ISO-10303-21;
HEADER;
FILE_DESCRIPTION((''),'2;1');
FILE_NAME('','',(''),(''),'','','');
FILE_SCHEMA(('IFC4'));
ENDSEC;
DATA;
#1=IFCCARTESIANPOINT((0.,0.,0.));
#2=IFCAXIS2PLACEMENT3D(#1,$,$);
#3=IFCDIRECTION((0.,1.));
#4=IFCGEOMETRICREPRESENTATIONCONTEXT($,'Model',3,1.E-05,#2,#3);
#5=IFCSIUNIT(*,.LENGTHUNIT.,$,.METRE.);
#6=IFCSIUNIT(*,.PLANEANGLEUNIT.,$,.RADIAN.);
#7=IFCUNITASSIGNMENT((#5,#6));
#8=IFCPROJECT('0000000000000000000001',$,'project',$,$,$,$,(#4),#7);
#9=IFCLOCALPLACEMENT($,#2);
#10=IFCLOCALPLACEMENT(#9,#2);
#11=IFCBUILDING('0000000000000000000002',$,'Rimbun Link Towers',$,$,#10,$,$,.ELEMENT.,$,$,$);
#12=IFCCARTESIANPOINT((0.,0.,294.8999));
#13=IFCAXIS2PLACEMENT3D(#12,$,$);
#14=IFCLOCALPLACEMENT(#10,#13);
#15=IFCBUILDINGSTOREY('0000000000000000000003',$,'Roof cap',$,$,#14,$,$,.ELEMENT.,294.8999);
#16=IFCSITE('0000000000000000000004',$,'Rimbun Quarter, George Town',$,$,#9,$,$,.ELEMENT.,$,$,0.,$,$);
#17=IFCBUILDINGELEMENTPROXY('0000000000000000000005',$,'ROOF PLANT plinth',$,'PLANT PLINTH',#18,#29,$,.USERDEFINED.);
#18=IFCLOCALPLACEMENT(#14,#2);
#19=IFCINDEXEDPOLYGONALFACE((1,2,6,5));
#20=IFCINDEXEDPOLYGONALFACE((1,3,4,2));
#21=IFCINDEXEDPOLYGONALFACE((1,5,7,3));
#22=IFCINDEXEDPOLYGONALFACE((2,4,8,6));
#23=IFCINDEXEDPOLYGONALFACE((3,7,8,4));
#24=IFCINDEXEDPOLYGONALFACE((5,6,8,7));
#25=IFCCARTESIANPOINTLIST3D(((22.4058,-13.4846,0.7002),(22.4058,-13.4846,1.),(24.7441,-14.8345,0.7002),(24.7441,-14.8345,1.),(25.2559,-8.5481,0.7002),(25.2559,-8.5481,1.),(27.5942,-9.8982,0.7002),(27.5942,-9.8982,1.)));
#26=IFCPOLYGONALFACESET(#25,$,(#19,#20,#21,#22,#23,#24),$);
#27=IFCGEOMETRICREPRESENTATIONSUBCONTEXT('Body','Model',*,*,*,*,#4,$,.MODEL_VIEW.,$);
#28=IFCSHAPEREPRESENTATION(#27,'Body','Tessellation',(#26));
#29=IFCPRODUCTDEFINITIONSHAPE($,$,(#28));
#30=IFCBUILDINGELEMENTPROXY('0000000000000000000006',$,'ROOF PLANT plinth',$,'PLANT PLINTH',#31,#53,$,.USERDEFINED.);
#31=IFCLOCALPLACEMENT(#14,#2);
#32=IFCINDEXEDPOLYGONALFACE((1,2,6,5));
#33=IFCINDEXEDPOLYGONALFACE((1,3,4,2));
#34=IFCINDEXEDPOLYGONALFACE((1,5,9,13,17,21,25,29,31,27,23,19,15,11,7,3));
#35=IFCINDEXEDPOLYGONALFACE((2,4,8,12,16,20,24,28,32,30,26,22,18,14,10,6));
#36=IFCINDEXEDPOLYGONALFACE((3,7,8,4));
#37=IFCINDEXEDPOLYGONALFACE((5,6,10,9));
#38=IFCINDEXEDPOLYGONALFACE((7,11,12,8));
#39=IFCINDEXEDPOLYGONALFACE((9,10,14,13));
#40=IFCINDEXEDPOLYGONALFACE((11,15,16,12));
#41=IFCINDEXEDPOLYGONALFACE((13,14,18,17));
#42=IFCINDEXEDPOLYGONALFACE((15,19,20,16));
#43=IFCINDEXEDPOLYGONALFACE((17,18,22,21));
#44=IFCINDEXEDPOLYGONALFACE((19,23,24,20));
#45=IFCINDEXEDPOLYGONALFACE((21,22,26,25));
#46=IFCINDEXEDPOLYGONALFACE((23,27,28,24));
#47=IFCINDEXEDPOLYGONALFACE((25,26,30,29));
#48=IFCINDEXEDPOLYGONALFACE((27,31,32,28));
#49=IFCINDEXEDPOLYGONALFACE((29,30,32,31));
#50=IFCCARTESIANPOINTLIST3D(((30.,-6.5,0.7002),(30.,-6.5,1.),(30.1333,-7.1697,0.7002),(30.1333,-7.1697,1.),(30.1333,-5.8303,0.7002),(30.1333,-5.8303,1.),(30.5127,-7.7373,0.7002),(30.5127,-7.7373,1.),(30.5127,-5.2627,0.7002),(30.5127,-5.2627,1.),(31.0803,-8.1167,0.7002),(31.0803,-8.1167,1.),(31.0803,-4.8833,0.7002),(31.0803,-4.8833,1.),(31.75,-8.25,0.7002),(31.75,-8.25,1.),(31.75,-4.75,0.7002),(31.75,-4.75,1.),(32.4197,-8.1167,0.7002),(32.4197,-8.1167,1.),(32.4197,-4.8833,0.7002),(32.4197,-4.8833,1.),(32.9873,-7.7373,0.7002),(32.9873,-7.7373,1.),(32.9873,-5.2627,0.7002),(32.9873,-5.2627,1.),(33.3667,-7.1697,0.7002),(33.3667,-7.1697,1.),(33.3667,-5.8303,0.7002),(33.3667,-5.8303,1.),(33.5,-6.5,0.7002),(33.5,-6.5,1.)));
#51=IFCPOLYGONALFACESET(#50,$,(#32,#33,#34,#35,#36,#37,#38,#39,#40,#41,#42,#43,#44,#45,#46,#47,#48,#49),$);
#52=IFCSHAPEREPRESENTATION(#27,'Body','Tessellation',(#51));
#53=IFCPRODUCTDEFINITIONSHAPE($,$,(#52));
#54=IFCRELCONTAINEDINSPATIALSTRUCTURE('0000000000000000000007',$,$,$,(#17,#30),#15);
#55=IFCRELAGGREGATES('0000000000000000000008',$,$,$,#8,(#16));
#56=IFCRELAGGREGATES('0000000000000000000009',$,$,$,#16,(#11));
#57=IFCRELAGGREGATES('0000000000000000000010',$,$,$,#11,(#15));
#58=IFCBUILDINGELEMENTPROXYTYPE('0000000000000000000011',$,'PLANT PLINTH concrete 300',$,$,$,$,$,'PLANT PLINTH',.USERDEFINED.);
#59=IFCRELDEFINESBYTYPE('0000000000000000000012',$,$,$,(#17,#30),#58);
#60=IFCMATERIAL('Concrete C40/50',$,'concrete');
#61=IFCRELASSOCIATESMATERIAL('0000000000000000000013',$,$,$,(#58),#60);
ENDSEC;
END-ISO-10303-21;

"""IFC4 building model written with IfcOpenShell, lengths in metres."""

from ifc_helpers import new_model, si_unit, direction, frame, origin, place, context, subcontext, project, spatial, polyline, outline, extrude, material, type_object, element, save


model = new_model("IFC4")

# Units and contexts
model_context = context("Model", 3, precision=1e-05, world=origin(), true_north=direction((0.0, 1.0)))
body_context = subcontext(model_context, "Body", "Model", "MODEL_VIEW")
ifc_project = project(units=[si_unit("LENGTHUNIT", "METRE"), si_unit("PLANEANGLEUNIT", "RADIAN")], contexts=[model_context])

# Site, building, storey
site_placement = place(None, origin())
site = spatial("IfcSite", under=ifc_project, at=site_placement, Name="Rimbun Quarter, George Town", CompositionType="ELEMENT", RefElevation=0.0)
building_placement = place(site_placement, origin())
building = spatial("IfcBuilding", under=site, at=building_placement, Name="Rimbun Link Towers", CompositionType="ELEMENT")
storey_placement = place(building_placement, frame((0.0, 0.0, 294.8999)))
storey = spatial("IfcBuildingStorey", under=building, at=storey_placement, Name="Roof cap", CompositionType="ELEMENT", Elevation=294.8999)

# Building element proxies
ifc_material_1 = material(Name="Concrete C40/50", Category="concrete")
building_element_proxy_type = type_object("IfcBuildingElementProxyType", Name="PLANT PLINTH concrete 300", ElementType="PLANT PLINTH", PredefinedType="USERDEFINED", material=ifc_material_1)
proxy_1_placement = place(storey_placement, frame((0.0, 0.0, 0.7002)))
element("IfcBuildingElementProxy", 1, at=proxy_1_placement, inside=storey, type_object=building_element_proxy_type, Name="ROOF PLANT plinth", ObjectType="PLANT PLINTH", PredefinedType="USERDEFINED", context=body_context, shape_type="SweptSolid", body=[
    extrude(outline(polyline([(25.2559, -8.5481), (22.4058, -13.4846), (24.7441, -14.8345), (27.5942, -9.8982), (25.2559, -8.5481)])), origin(), (0.0, 0.0, 1.0), 0.2998),
])
proxy_2_placement = place(storey_placement, frame((0.0, 0.0, 0.7002)))
element("IfcBuildingElementProxy", 2, at=proxy_2_placement, inside=storey, type_object=building_element_proxy_type, Name="ROOF PLANT plinth", ObjectType="PLANT PLINTH", PredefinedType="USERDEFINED", context=body_context, shape_type="SweptSolid", body=[
    extrude(outline(polyline([(33.5, -6.5), (33.3667, -5.8303), (32.9873, -5.2627), (32.4197, -4.8833), (31.75, -4.75), (31.0803, -4.8833), (30.5127, -5.2627), (30.1333, -5.8303), (30.0, -6.5), (30.1333, -7.1697), (30.5127, -7.7373), (31.0803, -8.1167), (31.75, -8.25), (32.4197, -8.1167), (32.9873, -7.7373), (33.3667, -7.1697), (33.5, -6.5)])), origin(), (0.0, 0.0, 1.0), 0.2998),
])

save(model, "model.ifc")
